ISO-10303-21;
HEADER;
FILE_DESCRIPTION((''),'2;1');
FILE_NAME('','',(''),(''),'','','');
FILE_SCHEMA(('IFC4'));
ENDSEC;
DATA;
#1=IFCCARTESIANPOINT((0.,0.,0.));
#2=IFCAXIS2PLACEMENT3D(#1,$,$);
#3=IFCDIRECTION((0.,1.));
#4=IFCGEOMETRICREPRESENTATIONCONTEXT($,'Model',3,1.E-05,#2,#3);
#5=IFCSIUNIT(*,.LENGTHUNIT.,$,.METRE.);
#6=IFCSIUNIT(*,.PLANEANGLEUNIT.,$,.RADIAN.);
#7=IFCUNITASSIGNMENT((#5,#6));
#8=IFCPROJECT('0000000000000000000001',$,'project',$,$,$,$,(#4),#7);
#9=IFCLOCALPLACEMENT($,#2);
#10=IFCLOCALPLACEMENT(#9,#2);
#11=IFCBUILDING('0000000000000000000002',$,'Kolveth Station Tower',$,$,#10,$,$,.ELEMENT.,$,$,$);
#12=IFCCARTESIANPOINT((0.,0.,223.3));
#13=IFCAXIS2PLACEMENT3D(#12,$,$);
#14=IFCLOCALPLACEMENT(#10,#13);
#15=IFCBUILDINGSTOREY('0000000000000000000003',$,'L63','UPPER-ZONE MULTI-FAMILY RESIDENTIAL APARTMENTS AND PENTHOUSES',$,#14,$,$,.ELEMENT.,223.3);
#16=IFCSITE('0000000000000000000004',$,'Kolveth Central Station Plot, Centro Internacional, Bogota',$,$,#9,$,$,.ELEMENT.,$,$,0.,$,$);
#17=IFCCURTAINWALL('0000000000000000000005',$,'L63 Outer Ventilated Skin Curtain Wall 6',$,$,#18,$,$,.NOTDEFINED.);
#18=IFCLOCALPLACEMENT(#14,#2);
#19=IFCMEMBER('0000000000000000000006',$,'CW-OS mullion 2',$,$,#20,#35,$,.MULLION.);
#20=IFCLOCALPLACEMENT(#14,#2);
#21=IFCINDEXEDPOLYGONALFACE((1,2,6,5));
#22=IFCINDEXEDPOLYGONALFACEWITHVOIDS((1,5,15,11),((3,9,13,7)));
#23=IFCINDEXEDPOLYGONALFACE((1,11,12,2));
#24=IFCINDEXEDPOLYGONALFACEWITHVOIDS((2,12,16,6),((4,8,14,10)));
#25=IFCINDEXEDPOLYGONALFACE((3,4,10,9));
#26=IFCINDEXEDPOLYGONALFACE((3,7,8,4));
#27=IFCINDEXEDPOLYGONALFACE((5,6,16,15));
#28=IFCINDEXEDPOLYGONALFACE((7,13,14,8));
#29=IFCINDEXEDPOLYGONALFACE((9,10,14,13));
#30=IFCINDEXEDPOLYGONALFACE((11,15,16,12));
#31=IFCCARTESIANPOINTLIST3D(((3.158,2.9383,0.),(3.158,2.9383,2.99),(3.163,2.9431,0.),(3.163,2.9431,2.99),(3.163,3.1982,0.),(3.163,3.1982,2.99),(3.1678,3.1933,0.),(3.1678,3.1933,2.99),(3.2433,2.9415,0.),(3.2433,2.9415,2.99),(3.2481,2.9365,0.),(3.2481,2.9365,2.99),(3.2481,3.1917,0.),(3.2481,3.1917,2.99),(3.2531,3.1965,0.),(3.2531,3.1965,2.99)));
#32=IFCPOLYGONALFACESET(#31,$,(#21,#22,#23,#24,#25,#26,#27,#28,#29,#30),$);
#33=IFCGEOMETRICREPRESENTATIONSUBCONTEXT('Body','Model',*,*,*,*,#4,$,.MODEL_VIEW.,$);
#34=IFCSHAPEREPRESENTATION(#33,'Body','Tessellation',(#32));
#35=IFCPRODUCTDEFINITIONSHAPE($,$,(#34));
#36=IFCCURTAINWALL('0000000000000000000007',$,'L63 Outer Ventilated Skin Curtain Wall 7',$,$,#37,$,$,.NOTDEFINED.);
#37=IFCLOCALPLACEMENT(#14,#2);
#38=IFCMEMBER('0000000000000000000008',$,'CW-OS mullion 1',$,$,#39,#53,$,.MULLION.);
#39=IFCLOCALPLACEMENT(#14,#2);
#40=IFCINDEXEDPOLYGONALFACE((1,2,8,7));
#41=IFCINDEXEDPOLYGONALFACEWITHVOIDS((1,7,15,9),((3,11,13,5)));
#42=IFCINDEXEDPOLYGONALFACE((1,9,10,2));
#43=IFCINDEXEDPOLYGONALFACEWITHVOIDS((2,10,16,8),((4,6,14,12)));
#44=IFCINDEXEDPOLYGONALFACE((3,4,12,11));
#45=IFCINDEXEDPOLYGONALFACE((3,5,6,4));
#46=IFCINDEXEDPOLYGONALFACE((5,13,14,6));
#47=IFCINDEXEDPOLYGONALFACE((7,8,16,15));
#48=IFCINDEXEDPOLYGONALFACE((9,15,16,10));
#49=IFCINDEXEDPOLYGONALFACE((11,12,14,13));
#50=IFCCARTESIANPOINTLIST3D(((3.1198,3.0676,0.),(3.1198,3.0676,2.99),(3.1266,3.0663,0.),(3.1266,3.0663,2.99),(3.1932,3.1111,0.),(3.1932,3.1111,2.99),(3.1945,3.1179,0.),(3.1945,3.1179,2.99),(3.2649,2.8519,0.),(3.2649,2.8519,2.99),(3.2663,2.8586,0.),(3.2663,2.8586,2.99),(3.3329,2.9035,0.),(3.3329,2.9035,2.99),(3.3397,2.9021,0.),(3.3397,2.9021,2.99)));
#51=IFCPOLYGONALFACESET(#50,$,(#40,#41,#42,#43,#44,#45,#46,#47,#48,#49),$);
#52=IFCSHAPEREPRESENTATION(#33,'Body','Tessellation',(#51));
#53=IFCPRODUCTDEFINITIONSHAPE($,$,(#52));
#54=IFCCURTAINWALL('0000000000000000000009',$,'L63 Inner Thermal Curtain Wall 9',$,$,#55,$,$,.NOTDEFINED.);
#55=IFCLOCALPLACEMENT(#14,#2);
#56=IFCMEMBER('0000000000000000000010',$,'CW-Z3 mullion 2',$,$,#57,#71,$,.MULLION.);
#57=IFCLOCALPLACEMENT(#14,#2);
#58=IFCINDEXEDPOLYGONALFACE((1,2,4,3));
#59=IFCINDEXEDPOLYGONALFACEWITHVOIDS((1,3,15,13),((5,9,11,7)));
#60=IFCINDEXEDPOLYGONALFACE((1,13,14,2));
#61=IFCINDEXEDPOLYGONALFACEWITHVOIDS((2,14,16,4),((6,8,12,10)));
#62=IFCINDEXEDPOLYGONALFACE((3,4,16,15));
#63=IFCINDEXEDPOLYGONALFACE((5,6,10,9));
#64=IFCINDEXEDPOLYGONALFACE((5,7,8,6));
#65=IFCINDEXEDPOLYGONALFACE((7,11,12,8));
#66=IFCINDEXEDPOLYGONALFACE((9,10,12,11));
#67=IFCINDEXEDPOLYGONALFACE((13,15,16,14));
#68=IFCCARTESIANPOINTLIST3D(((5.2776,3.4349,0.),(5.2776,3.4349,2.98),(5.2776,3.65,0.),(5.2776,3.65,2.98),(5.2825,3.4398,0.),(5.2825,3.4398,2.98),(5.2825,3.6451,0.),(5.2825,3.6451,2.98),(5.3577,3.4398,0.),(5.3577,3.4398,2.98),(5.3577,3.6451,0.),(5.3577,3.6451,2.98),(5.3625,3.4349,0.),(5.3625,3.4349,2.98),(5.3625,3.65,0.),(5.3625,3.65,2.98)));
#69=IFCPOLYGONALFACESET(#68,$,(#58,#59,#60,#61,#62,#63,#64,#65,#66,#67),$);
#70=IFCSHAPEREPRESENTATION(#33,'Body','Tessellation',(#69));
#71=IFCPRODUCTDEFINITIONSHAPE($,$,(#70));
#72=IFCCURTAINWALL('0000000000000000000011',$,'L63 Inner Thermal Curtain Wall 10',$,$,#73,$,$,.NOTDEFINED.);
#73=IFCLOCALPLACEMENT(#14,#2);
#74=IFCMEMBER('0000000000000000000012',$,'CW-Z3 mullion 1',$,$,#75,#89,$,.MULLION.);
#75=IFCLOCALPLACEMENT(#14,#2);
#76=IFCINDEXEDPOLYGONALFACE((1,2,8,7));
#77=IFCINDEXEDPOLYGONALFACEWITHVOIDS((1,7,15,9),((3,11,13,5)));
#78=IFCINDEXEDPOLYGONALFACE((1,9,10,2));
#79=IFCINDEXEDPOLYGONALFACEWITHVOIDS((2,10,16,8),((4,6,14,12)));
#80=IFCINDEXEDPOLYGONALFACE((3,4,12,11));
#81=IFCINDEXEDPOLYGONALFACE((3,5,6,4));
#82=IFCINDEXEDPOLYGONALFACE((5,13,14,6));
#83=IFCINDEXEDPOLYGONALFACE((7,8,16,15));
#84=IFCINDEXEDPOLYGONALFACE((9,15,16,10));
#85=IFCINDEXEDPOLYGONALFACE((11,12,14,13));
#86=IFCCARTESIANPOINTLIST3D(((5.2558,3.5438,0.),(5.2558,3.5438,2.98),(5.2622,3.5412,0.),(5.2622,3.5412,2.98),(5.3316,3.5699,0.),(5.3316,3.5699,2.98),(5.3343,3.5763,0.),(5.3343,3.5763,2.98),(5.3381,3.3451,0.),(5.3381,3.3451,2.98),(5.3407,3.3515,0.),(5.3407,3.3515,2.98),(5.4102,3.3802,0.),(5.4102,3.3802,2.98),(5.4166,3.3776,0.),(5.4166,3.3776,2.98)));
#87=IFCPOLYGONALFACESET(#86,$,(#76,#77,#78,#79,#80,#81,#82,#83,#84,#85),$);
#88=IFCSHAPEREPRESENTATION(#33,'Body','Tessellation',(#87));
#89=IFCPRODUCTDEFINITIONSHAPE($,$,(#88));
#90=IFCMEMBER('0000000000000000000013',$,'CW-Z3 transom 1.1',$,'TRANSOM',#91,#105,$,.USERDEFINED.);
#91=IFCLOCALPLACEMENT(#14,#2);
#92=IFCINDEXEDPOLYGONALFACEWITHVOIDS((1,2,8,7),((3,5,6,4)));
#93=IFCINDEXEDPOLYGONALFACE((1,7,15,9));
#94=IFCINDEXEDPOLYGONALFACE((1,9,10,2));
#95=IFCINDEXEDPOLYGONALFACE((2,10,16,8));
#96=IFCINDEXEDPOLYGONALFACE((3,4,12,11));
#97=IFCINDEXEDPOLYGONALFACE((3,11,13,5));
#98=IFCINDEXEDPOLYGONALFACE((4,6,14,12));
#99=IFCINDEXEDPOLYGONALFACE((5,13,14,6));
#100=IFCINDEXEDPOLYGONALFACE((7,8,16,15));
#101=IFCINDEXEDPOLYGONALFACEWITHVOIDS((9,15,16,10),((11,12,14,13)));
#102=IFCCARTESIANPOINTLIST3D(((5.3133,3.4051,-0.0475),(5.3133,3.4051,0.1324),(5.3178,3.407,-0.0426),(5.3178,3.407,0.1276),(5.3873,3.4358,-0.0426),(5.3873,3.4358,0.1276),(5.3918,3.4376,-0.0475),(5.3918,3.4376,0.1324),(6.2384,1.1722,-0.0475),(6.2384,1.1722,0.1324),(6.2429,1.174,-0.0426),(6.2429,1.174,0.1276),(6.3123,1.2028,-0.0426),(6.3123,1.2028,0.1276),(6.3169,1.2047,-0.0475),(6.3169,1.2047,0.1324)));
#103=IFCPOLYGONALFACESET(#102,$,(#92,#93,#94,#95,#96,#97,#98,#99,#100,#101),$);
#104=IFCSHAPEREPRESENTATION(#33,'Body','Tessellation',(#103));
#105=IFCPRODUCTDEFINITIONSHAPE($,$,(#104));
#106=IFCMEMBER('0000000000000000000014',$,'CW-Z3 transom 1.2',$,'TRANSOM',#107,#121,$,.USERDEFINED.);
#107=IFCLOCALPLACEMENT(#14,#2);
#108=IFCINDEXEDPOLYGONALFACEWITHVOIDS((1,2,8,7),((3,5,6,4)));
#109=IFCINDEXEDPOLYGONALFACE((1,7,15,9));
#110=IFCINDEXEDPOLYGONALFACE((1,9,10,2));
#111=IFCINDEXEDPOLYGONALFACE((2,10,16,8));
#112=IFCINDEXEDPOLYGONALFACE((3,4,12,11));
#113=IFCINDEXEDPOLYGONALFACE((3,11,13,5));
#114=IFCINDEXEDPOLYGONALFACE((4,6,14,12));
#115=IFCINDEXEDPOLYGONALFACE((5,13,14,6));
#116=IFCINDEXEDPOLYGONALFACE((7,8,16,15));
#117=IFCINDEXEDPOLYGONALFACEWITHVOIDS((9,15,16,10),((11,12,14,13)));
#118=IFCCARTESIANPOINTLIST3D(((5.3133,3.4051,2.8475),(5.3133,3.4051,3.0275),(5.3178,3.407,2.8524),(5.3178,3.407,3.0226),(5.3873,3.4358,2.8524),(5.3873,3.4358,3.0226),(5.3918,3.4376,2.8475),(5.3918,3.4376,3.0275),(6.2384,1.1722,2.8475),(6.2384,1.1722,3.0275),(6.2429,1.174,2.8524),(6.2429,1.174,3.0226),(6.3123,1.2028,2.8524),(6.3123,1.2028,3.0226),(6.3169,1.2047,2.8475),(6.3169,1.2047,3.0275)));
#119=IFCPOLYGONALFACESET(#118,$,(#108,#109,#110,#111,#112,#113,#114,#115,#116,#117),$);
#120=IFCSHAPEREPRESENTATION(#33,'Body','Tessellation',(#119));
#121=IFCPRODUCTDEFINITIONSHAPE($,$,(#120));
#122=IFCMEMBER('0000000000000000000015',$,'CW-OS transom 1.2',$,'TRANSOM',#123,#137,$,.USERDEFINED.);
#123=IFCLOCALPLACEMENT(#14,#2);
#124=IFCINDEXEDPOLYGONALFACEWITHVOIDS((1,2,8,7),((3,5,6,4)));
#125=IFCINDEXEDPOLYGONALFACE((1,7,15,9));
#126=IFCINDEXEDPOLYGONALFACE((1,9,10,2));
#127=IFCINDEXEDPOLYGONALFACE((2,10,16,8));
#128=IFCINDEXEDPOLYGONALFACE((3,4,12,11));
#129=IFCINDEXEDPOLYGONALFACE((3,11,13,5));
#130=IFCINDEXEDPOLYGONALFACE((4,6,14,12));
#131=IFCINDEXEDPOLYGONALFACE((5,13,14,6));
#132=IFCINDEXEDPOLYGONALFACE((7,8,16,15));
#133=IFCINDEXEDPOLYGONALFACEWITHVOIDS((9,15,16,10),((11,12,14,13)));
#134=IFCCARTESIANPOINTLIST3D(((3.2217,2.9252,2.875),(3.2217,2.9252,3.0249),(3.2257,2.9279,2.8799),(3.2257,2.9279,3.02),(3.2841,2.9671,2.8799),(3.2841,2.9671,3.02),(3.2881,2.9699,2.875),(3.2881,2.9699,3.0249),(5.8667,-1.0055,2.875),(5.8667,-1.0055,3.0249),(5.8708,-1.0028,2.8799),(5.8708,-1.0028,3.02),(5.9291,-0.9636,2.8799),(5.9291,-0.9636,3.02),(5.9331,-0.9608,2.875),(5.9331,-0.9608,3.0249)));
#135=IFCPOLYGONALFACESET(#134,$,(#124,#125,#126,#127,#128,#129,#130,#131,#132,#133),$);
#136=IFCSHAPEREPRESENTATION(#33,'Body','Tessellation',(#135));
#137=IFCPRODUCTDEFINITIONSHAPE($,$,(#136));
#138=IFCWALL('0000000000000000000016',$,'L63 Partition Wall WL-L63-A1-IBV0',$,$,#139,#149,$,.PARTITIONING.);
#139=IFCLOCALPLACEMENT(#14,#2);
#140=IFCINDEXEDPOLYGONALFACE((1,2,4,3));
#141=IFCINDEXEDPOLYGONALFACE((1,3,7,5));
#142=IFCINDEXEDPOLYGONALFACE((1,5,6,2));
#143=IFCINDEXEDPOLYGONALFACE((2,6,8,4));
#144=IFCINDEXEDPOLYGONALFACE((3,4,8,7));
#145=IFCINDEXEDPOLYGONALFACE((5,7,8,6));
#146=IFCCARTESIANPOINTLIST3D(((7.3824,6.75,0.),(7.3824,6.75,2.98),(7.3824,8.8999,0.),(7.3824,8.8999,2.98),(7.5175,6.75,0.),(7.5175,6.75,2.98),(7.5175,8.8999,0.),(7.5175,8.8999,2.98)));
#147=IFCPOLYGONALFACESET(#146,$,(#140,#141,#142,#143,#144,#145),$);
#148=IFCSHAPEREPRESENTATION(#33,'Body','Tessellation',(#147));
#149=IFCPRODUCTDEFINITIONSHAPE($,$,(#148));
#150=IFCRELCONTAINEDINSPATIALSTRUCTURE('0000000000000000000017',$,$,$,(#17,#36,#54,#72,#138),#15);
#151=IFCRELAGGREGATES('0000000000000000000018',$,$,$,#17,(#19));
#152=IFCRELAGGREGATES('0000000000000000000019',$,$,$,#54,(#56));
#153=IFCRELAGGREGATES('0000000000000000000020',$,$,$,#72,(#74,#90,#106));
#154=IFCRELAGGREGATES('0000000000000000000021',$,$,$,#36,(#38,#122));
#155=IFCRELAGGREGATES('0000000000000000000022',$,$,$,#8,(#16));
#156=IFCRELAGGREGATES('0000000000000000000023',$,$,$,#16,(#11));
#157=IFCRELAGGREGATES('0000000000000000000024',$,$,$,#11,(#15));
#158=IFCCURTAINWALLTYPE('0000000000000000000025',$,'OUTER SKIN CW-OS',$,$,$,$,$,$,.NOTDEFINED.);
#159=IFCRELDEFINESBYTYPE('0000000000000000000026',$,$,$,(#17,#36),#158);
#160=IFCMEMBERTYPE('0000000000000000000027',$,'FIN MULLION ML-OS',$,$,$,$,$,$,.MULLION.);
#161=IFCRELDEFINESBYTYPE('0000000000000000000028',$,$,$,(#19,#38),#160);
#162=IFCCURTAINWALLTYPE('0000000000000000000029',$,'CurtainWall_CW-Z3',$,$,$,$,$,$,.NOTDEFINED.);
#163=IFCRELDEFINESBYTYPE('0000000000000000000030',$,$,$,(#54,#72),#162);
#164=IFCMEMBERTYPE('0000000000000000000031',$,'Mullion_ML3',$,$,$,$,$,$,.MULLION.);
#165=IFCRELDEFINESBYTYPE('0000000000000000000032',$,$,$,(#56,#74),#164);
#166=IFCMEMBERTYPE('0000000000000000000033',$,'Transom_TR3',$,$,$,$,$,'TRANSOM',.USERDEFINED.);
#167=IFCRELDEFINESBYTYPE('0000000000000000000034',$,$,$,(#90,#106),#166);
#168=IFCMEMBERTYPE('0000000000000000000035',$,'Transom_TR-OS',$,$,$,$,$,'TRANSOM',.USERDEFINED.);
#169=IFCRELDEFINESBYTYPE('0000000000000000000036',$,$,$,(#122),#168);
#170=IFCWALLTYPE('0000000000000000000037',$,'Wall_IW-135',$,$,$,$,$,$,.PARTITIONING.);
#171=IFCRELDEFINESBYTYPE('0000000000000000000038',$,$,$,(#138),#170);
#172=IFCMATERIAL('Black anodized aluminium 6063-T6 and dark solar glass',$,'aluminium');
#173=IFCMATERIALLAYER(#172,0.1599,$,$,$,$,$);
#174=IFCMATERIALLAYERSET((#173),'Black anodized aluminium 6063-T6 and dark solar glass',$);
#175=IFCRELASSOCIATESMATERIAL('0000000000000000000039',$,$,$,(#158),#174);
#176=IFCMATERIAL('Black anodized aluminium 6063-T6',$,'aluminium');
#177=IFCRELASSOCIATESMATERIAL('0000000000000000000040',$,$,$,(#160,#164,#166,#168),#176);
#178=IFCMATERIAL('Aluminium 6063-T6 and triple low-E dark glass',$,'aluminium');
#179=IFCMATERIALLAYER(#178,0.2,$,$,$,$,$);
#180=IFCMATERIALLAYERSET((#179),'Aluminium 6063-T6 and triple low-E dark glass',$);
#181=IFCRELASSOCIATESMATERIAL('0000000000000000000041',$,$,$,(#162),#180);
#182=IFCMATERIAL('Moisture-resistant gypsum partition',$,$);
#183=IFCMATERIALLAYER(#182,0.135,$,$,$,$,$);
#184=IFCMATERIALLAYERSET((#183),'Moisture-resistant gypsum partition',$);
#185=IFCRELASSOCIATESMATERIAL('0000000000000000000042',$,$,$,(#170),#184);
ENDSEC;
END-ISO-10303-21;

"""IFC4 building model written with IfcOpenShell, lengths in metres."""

from ifc_helpers import new_model, si_unit, direction, frame, frame_2d, origin, origin_2d, place, context, subcontext, project, spatial, rectangle, hollow_rectangle, extrude, source, transform, mapped, material, layer, layer_set, material_profile, profile_set, type_object, element, aggregate, save


model = new_model("IFC4")

# Units and contexts
model_context = context("Model", 3, precision=1e-05, world=origin(), true_north=direction((0.0, 1.0)))
body_context = subcontext(model_context, "Body", "Model", "MODEL_VIEW")
ifc_project = project(units=[si_unit("LENGTHUNIT", "METRE"), si_unit("PLANEANGLEUNIT", "RADIAN")], contexts=[model_context])

# Site, building, storey
site_placement = place(None, origin())
site = spatial("IfcSite", under=ifc_project, at=site_placement, Name="Kolveth Central Station Plot, Centro Internacional, Bogota", CompositionType="ELEMENT", RefElevation=0.0)
building_placement = place(site_placement, origin())
building = spatial("IfcBuilding", under=site, at=building_placement, Name="Kolveth Station Tower", CompositionType="ELEMENT")
storey_placement = place(building_placement, frame((0.0, 0.0, 223.3)))
storey = spatial("IfcBuildingStorey", under=building, at=storey_placement, Name="L63", Description="UPPER-ZONE MULTI-FAMILY RESIDENTIAL APARTMENTS AND PENTHOUSES", CompositionType="ELEMENT", Elevation=223.3)

# Curtain walls, members
ifc_material_1 = material(Name="Black anodized aluminium 6063-T6 and dark solar glass", Category="aluminium")
ifc_layer_1 = layer(ifc_material_1, 0.1599)
ifc_layer_set_1 = layer_set([ifc_layer_1], Name="Black anodized aluminium 6063-T6 and dark solar glass")
curtain_wall_type_1 = type_object("IfcCurtainWallType", Name="OUTER SKIN CW-OS", PredefinedType="NOTDEFINED", material=ifc_layer_set_1)
curtain_wall_1_placement = place(storey_placement, origin())
curtain_wall_1 = element("IfcCurtainWall", 1, at=curtain_wall_1_placement, inside=storey, type_object=curtain_wall_type_1, Name="L63 Outer Ventilated Skin Curtain Wall 6", PredefinedType="NOTDEFINED")
ifc_material_2 = material(Name="Black anodized aluminium 6063-T6", Category="aluminium")
ifc_material_profile_1 = material_profile(ifc_material_2, hollow_rectangle(XDim=0.0901, YDim=0.26, WallThickness=0.0049, at=origin_2d()), Name="ALU-90x260x5")
ifc_profile_set_1 = profile_set([ifc_material_profile_1], Name="Black anodized aluminium 6063-T6")
member_type_1 = type_object("IfcMemberType", Name="FIN MULLION ML-OS", PredefinedType="MULLION", material=ifc_profile_set_1)
shared_shape_1 = source(origin(), body_context, "Body", "SweptSolid", [
    extrude(hollow_rectangle(XDim=0.0901, YDim=0.26, WallThickness=0.0049, at=origin_2d()), origin(), (0.0, 0.0, 1.0), 2.99),
])
member_1_placement = place(storey_placement, frame((3.2056, 3.0674, 0.0), z_axis=(0.0, 0.0, 1.0), x_axis=(0.999813, -0.019356, 0.0)))
member_1 = element("IfcMember", 2, at=member_1_placement, type_object=member_type_1, Name="CW-OS mullion 2", PredefinedType="MULLION", context=body_context, shape_type="MappedRepresentation", body=[
    mapped(shared_shape_1, transform((0.0, 0.0, 0.0), x_axis=(1.0, 0.0, 0.0), y_axis=(0.0, 1.0, 0.0), z_axis=(0.0, 0.0, 1.0), scale=1.0)),
])
aggregate(curtain_wall_1, [member_1])
curtain_wall_2_placement = place(storey_placement, origin())
curtain_wall_2 = element("IfcCurtainWall", 3, at=curtain_wall_2_placement, inside=storey, type_object=curtain_wall_type_1, Name="L63 Outer Ventilated Skin Curtain Wall 7", PredefinedType="NOTDEFINED")
member_2_placement = place(storey_placement, frame((3.2297, 2.9849, 0.0), z_axis=(0.0, 0.0, 1.0), x_axis=(0.829662, 0.558266, 0.0)))
member_2 = element("IfcMember", 4, at=member_2_placement, type_object=member_type_1, Name="CW-OS mullion 1", PredefinedType="MULLION", context=body_context, shape_type="MappedRepresentation", body=[
    mapped(shared_shape_1, transform((0.0, 0.0, 0.0), x_axis=(1.0, 0.0, 0.0), y_axis=(0.0, 1.0, 0.0), z_axis=(0.0, 0.0, 1.0), scale=1.0)),
])
ifc_material_3 = material(Name="Aluminium 6063-T6 and triple low-E dark glass", Category="aluminium")
ifc_layer_2 = layer(ifc_material_3, 0.2)
ifc_layer_set_2 = layer_set([ifc_layer_2], Name="Aluminium 6063-T6 and triple low-E dark glass")
curtain_wall_type_2 = type_object("IfcCurtainWallType", Name="CurtainWall_CW-Z3", PredefinedType="NOTDEFINED", material=ifc_layer_set_2)
curtain_wall_3_placement = place(storey_placement, origin())
curtain_wall_3 = element("IfcCurtainWall", 5, at=curtain_wall_3_placement, inside=storey, type_object=curtain_wall_type_2, Name="L63 Inner Thermal Curtain Wall 9", PredefinedType="NOTDEFINED")
ifc_material_profile_2 = material_profile(ifc_material_2, hollow_rectangle(XDim=0.085, YDim=0.2151, WallThickness=0.0049, at=origin_2d()), Name="ALU-85x215x5")
ifc_profile_set_2 = profile_set([ifc_material_profile_2], Name="Black anodized aluminium 6063-T6")
member_type_2 = type_object("IfcMemberType", Name="Mullion_ML3", PredefinedType="MULLION", material=ifc_profile_set_2)
shared_shape_2 = source(origin(), body_context, "Body", "SweptSolid", [
    extrude(hollow_rectangle(XDim=0.085, YDim=0.2151, WallThickness=0.0049, at=origin_2d()), origin(), (0.0, 0.0, 1.0), 2.98),
])
member_3_placement = place(storey_placement, frame((5.3201, 3.5425, 0.0), z_axis=(0.0, 0.0, 1.0), x_axis=(1.0, 0.0, 0.0)))
member_3 = element("IfcMember", 6, at=member_3_placement, type_object=member_type_2, Name="CW-Z3 mullion 2", PredefinedType="MULLION", context=body_context, shape_type="MappedRepresentation", body=[
    mapped(shared_shape_2, transform((0.0, 0.0, 0.0), x_axis=(1.0, 0.0, 0.0), y_axis=(0.0, 1.0, 0.0), z_axis=(0.0, 0.0, 1.0), scale=1.0)),
])
aggregate(curtain_wall_3, [member_3])

# Curtain wall, members
curtain_wall_4_placement = place(storey_placement, origin())
curtain_wall_4 = element("IfcCurtainWall", 7, at=curtain_wall_4_placement, inside=storey, type_object=curtain_wall_type_2, Name="L63 Inner Thermal Curtain Wall 10", PredefinedType="NOTDEFINED")
member_4_placement = place(storey_placement, frame((5.3362, 3.4607, 0.0), z_axis=(0.0, 0.0, 1.0), x_axis=(0.923875, 0.382693, 0.0)))
member_4 = element("IfcMember", 8, at=member_4_placement, type_object=member_type_2, Name="CW-Z3 mullion 1", PredefinedType="MULLION", context=body_context, shape_type="MappedRepresentation", body=[
    mapped(shared_shape_2, transform((0.0, 0.0, 0.0), x_axis=(1.0, 0.0, 0.0), y_axis=(0.0, 1.0, 0.0), z_axis=(0.0, 0.0, 1.0), scale=1.0)),
])
ifc_material_profile_3 = material_profile(ifc_material_2, hollow_rectangle(XDim=0.085, YDim=0.1799, WallThickness=0.0049, at=origin_2d()), Name="ALU-85x180x5")
ifc_profile_set_3 = profile_set([ifc_material_profile_3], Name="Black anodized aluminium 6063-T6")
member_type_3 = type_object("IfcMemberType", Name="Transom_TR3", ElementType="TRANSOM", PredefinedType="USERDEFINED", material=ifc_profile_set_3)
shared_shape_3 = source(origin(), body_context, "Body", "SweptSolid", [
    extrude(hollow_rectangle(XDim=0.085, YDim=0.1799, WallThickness=0.0049, at=origin_2d()), origin(), (0.0, 0.0, 1.0), 2.417),
])
member_5_placement = place(storey_placement, frame((5.3525, 3.4214, 0.0425), z_axis=(0.382735, -0.923858, 0.0), x_axis=(0.923858, 0.382735, 0.0)))
member_5 = element("IfcMember", 9, at=member_5_placement, type_object=member_type_3, Name="CW-Z3 transom 1.1", ObjectType="TRANSOM", PredefinedType="USERDEFINED", context=body_context, shape_type="MappedRepresentation", body=[
    mapped(shared_shape_3, transform((0.0, 0.0, 0.0), x_axis=(1.0, 0.0, 0.0), y_axis=(0.0, 1.0, 0.0), z_axis=(0.0, 0.0, 1.0), scale=1.0)),
])
member_6_placement = place(storey_placement, frame((5.3525, 3.4214, 2.9375), z_axis=(0.382735, -0.923858, 0.0), x_axis=(0.923858, 0.382735, 0.0)))
member_6 = element("IfcMember", 10, at=member_6_placement, type_object=member_type_3, Name="CW-Z3 transom 1.2", ObjectType="TRANSOM", PredefinedType="USERDEFINED", context=body_context, shape_type="MappedRepresentation", body=[
    mapped(shared_shape_3, transform((0.0, 0.0, 0.0), x_axis=(1.0, 0.0, 0.0), y_axis=(0.0, 1.0, 0.0), z_axis=(0.0, 0.0, 1.0), scale=1.0)),
])
aggregate(curtain_wall_4, [member_4, member_5, member_6])

# Member
ifc_material_profile_4 = material_profile(ifc_material_2, hollow_rectangle(XDim=0.0801, YDim=0.1499, WallThickness=0.0049, at=origin_2d()), Name="ALU-80x150x5")
ifc_profile_set_4 = profile_set([ifc_material_profile_4], Name="Black anodized aluminium 6063-T6")
member_type_4 = type_object("IfcMemberType", Name="Transom_TR-OS", ElementType="TRANSOM", PredefinedType="USERDEFINED", material=ifc_profile_set_4)
shared_shape_4 = source(origin(), body_context, "Body", "SweptSolid", [
    extrude(hollow_rectangle(XDim=0.0801, YDim=0.1499, WallThickness=0.0049, at=origin_2d()), origin(), (0.0, 0.0, 1.0), 4.7378),
])
member_7_placement = place(storey_placement, frame((3.2549, 2.9475, 2.95), z_axis=(0.558286, -0.829648, 0.0), x_axis=(0.829648, 0.558286, 0.0)))
member_7 = element("IfcMember", 11, at=member_7_placement, type_object=member_type_4, Name="CW-OS transom 1.2", ObjectType="TRANSOM", PredefinedType="USERDEFINED", context=body_context, shape_type="MappedRepresentation", body=[
    mapped(shared_shape_4, transform((0.0, 0.0, 0.0), x_axis=(1.0, 0.0, 0.0), y_axis=(0.0, 1.0, 0.0), z_axis=(0.0, 0.0, 1.0), scale=1.0)),
])
aggregate(curtain_wall_2, [member_2, member_7])

# Shared definitions
ifc_material_4 = material(Name="Moisture-resistant gypsum partition")
ifc_layer_3 = layer(ifc_material_4, 0.135)
ifc_layer_set_3 = layer_set([ifc_layer_3], Name="Moisture-resistant gypsum partition")
wall_type_1 = type_object("IfcWallType", Name="Wall_IW-135", PredefinedType="PARTITIONING", material=ifc_layer_set_3)

# Wall
wall_1_placement = place(storey_placement, frame((7.45, 6.75, 0.0), z_axis=(0.0, 0.0, 1.0), x_axis=(0.0, 1.0, 0.0)))
element("IfcWall", 12, at=wall_1_placement, inside=storey, type_object=wall_type_1, Name="L63 Partition Wall WL-L63-A1-IBV0", PredefinedType="PARTITIONING", context=body_context, shape_type="SweptSolid", body=[
    extrude(rectangle(XDim=2.1499, YDim=0.135, at=frame_2d((1.075, 0.0))), origin(), (0.0, 0.0, 1.0), 2.98),
])

save(model, "model.ifc")
